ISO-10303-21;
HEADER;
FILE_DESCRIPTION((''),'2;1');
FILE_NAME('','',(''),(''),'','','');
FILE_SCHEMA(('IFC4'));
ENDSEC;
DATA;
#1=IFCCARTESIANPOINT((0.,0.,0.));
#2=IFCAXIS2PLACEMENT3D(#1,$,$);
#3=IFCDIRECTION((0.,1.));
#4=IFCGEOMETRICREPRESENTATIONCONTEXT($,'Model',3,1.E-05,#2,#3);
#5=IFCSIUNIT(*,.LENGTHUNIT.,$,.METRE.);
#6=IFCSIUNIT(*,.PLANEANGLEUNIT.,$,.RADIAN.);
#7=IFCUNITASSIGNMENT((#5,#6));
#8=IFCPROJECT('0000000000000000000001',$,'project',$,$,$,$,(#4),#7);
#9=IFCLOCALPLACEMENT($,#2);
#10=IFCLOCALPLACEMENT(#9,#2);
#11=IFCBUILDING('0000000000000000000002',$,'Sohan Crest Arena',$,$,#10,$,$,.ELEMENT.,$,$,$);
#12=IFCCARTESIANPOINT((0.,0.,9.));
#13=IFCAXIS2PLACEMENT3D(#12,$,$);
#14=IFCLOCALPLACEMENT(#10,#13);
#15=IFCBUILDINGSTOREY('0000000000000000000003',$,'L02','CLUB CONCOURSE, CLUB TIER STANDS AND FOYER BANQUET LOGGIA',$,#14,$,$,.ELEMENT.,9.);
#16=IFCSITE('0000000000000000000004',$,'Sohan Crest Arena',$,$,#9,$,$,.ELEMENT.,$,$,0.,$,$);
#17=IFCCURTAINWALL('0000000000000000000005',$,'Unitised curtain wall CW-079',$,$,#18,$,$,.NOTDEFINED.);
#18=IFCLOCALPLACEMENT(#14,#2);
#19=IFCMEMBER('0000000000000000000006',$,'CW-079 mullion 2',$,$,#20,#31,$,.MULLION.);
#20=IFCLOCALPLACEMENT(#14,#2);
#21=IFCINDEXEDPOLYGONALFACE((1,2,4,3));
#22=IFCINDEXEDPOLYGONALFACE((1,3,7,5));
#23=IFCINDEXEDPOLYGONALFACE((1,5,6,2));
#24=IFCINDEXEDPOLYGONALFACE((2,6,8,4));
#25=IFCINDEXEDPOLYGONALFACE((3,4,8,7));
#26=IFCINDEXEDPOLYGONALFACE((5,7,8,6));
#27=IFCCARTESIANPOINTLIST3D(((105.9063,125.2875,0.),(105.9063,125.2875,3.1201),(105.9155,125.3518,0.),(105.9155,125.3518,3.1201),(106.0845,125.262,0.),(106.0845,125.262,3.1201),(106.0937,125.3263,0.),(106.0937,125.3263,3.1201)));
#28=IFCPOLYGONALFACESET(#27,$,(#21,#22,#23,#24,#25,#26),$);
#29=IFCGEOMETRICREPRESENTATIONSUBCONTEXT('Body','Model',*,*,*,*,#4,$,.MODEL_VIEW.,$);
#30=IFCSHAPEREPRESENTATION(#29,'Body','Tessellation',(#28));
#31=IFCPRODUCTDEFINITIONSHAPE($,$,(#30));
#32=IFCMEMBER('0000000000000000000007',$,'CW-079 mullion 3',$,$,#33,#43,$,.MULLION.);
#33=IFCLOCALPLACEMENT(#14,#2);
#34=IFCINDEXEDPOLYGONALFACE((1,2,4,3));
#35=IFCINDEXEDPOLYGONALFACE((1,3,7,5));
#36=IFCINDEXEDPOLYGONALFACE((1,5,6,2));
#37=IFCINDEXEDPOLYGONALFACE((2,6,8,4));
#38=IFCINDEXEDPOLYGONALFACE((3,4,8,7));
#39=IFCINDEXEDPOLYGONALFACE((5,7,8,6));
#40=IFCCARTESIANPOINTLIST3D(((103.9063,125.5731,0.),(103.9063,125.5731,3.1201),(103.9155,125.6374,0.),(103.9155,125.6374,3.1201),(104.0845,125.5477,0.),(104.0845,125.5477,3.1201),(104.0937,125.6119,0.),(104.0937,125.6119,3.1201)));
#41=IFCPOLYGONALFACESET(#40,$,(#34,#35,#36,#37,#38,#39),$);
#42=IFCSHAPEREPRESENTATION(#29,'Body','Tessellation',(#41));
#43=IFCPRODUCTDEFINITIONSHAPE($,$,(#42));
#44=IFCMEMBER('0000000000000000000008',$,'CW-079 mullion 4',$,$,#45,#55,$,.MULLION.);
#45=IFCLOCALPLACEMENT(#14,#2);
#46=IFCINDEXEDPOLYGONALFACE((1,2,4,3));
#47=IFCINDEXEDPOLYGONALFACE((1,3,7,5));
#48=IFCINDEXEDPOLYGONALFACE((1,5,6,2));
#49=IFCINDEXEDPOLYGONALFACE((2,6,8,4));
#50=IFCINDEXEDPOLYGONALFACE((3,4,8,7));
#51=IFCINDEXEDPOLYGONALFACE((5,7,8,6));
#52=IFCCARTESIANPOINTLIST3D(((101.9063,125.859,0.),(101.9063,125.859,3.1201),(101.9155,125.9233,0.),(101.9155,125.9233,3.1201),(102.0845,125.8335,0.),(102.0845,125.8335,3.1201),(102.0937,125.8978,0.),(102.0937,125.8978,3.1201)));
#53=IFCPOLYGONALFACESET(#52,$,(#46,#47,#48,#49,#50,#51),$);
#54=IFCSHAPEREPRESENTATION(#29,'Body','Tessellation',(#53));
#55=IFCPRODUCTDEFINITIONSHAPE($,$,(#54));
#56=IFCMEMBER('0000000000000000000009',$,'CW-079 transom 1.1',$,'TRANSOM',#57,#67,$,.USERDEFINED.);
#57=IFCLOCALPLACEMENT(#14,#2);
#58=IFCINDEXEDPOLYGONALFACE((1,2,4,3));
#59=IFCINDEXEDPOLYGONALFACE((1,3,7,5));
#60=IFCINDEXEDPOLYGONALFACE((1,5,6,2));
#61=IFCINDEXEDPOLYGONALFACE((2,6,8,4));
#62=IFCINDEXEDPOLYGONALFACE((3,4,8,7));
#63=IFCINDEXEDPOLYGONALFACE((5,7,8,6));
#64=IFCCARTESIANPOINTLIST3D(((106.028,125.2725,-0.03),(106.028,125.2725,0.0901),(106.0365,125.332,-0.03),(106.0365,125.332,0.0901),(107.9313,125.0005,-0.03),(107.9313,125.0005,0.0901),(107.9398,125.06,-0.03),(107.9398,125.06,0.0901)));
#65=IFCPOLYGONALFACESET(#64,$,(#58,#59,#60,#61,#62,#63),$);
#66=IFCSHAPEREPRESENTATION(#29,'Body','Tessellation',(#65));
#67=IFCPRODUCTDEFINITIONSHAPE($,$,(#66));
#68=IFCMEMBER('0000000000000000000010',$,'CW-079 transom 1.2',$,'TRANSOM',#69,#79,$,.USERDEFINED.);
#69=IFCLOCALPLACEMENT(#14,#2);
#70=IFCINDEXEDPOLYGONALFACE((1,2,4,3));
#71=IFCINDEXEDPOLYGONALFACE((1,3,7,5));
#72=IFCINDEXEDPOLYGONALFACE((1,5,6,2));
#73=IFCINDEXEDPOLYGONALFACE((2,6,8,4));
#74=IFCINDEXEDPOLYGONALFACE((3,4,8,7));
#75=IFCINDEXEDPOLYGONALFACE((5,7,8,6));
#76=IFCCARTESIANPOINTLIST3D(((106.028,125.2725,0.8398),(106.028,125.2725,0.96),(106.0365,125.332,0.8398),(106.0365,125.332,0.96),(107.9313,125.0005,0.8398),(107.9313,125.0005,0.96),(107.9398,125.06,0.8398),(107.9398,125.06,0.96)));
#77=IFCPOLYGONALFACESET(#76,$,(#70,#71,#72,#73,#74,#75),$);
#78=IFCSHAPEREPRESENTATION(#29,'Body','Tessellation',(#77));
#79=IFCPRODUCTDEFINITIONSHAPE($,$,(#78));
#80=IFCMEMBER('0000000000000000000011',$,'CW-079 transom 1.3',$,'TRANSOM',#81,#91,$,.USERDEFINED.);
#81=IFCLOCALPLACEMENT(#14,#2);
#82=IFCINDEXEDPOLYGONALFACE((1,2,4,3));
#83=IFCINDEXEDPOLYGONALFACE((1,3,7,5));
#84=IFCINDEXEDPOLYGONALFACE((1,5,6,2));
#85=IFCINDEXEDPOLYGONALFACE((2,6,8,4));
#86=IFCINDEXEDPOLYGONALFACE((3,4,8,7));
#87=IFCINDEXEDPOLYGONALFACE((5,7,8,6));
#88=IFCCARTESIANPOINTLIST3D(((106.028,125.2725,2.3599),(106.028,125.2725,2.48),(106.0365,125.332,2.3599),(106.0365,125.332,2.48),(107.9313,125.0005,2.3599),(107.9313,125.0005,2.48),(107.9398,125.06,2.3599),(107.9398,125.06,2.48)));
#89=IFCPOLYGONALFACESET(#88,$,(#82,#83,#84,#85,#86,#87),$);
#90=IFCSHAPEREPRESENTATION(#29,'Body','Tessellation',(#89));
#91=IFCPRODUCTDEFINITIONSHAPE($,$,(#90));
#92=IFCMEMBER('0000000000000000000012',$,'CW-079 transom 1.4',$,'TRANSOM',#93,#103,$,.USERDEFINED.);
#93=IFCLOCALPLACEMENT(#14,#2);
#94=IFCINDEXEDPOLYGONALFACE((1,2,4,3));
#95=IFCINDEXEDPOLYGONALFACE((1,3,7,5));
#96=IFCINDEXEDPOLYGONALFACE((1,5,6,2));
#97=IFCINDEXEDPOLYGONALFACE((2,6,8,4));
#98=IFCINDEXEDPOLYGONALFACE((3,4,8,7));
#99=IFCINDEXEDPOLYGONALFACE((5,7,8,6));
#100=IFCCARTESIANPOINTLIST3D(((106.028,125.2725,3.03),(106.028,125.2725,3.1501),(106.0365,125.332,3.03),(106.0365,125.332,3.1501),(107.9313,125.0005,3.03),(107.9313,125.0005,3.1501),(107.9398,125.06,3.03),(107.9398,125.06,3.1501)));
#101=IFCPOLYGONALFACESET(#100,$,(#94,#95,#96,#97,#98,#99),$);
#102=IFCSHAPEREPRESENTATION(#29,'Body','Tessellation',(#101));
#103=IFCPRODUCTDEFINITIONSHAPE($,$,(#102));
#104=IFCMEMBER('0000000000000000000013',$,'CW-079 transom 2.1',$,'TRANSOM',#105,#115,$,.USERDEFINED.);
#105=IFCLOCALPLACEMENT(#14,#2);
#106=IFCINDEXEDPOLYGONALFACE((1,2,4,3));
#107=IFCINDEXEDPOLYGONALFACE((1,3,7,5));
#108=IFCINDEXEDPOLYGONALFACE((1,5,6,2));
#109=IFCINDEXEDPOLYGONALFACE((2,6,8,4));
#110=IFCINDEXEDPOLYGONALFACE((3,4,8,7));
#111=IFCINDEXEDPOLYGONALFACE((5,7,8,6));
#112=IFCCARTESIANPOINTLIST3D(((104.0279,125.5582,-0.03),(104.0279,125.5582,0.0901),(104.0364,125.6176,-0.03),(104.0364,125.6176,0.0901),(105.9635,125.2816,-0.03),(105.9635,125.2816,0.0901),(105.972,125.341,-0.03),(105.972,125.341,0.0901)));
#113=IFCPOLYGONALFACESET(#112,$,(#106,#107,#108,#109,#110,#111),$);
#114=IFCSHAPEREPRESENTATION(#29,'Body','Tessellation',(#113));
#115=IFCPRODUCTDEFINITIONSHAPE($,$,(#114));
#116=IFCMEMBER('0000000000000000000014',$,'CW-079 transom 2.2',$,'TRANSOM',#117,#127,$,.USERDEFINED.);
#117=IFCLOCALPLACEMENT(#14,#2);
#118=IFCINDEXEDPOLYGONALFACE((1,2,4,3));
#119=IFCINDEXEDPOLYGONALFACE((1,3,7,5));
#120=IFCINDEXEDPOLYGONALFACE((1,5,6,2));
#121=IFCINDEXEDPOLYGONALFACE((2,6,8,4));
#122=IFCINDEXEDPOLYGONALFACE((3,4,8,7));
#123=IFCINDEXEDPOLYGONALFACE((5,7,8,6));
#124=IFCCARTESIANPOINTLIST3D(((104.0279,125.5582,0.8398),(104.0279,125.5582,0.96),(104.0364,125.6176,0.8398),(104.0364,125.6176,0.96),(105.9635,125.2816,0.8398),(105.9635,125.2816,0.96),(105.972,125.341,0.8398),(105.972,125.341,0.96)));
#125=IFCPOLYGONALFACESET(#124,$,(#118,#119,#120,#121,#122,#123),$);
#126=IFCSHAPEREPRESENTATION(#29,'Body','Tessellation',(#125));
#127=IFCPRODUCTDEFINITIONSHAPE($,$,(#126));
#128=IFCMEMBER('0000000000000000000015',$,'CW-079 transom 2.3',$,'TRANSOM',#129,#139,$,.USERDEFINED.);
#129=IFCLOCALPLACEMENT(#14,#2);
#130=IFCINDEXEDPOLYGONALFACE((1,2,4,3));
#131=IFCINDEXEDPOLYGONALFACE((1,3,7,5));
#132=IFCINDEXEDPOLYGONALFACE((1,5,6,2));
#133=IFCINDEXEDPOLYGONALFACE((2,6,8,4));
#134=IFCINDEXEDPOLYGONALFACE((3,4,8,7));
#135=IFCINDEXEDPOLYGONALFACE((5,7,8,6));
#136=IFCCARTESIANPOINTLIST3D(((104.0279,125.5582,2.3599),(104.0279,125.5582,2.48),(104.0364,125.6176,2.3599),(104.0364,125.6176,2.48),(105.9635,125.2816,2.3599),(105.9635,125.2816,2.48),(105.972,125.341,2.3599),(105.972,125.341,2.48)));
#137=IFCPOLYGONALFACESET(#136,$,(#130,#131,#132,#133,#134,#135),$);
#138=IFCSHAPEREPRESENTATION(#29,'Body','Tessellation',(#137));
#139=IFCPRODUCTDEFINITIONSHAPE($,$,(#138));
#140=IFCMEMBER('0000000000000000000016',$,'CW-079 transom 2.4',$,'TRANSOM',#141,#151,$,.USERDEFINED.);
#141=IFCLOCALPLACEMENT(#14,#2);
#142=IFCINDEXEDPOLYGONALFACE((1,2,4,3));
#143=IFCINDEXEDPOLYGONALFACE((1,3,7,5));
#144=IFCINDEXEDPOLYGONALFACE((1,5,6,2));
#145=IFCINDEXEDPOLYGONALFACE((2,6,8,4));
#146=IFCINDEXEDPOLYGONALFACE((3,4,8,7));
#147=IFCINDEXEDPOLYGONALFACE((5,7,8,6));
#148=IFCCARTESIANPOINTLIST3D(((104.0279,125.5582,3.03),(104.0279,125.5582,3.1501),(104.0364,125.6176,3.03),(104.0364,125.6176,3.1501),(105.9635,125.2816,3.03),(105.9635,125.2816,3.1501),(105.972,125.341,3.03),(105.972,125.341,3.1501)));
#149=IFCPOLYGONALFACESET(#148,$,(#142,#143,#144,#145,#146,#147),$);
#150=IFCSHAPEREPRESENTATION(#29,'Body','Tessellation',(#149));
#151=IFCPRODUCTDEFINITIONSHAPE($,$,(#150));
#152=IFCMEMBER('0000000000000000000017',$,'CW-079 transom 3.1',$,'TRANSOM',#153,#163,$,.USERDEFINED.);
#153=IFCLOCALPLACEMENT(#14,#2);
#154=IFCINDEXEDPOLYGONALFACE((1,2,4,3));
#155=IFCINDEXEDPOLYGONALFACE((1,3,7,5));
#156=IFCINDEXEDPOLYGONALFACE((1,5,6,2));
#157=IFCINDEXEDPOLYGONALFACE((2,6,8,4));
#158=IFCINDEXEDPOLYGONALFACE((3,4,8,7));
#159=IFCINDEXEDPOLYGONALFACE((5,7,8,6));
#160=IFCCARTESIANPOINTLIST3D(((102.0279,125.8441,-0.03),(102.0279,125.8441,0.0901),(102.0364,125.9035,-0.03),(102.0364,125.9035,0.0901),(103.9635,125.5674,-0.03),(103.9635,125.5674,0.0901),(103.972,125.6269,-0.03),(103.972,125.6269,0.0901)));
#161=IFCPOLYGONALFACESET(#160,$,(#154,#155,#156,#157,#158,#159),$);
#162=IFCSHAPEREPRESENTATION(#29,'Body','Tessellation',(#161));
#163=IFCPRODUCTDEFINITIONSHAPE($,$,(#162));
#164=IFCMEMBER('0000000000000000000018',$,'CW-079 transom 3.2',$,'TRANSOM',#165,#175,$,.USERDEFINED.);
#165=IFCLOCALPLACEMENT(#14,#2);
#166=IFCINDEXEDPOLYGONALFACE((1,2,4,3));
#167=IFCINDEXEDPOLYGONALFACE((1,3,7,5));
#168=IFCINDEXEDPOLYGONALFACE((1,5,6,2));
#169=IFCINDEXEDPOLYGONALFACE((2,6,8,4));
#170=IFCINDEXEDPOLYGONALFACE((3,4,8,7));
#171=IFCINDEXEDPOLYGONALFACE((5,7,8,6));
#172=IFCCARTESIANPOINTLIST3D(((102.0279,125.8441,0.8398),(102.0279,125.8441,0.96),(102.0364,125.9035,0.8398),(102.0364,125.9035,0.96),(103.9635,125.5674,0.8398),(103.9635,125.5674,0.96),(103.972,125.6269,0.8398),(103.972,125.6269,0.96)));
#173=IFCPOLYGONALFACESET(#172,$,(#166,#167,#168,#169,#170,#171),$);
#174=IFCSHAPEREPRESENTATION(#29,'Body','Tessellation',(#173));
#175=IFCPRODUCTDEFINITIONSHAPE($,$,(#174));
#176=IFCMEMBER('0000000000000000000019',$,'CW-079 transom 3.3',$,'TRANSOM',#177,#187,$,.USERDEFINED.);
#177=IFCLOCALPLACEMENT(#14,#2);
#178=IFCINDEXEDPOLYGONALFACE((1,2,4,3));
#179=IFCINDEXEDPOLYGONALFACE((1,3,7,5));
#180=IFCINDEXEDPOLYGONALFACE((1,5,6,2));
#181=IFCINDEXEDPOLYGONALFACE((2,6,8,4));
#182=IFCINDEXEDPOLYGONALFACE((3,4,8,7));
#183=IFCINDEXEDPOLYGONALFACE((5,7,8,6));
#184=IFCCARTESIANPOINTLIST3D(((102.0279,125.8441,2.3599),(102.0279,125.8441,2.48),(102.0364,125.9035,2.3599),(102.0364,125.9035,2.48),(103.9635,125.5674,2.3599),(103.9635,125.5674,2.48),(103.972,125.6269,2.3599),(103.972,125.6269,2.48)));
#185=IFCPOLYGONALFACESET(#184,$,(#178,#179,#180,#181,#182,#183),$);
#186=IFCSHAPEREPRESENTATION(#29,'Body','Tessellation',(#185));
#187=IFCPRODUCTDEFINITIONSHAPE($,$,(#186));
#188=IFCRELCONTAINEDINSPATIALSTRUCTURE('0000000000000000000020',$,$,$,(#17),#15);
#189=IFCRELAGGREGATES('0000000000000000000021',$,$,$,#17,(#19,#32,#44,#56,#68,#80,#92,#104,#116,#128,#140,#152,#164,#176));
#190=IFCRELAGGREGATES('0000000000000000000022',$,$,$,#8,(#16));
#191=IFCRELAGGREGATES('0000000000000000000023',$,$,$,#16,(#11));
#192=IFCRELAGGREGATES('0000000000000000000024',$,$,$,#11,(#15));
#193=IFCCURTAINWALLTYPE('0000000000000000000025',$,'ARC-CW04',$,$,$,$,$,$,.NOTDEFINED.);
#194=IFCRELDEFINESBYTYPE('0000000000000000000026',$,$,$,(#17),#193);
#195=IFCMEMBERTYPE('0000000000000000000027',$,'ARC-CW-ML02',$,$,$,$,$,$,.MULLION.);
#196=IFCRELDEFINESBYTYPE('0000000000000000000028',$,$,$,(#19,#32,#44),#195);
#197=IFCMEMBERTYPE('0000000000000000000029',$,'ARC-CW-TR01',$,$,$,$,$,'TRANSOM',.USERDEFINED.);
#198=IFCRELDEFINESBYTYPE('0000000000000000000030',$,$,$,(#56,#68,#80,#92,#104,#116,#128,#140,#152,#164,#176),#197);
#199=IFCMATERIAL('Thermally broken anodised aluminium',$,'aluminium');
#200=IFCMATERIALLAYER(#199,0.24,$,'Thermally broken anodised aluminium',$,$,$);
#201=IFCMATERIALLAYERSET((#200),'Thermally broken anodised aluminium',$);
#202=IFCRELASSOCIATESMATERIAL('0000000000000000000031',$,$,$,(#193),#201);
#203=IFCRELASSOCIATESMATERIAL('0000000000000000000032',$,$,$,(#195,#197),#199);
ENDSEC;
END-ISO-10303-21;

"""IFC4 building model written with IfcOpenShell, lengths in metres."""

from ifc_helpers import new_model, si_unit, direction, frame, origin, origin_2d, place, context, subcontext, project, spatial, rectangle, extrude, material, layer, layer_set, material_profile, profile_set, type_object, element, aggregate, save


model = new_model("IFC4")

# Units and contexts
model_context = context("Model", 3, precision=1e-05, world=origin(), true_north=direction((0.0, 1.0)))
body_context = subcontext(model_context, "Body", "Model", "MODEL_VIEW")
ifc_project = project(units=[si_unit("LENGTHUNIT", "METRE"), si_unit("PLANEANGLEUNIT", "RADIAN")], contexts=[model_context])

# Site, building, storey
site_placement = place(None, origin())
site = spatial("IfcSite", under=ifc_project, at=site_placement, Name="Sohan Crest Arena", CompositionType="ELEMENT", RefElevation=0.0)
building_placement = place(site_placement, origin())
building = spatial("IfcBuilding", under=site, at=building_placement, Name="Sohan Crest Arena", CompositionType="ELEMENT")
storey_placement = place(building_placement, frame((0.0, 0.0, 9.0)))
storey = spatial("IfcBuildingStorey", under=building, at=storey_placement, Name="L02", Description="CLUB CONCOURSE, CLUB TIER STANDS AND FOYER BANQUET LOGGIA", CompositionType="ELEMENT", Elevation=9.0)

# Curtain wall, members
ifc_material_1 = material(Name="Thermally broken anodised aluminium", Category="aluminium")
ifc_layer_1 = layer(ifc_material_1, 0.24, Name="Thermally broken anodised aluminium")
ifc_layer_set_1 = layer_set([ifc_layer_1], Name="Thermally broken anodised aluminium")
curtain_wall_type = type_object("IfcCurtainWallType", Name="ARC-CW04", PredefinedType="NOTDEFINED", material=ifc_layer_set_1)
curtain_wall_placement = place(storey_placement, origin())
curtain_wall = element("IfcCurtainWall", 1, at=curtain_wall_placement, inside=storey, type_object=curtain_wall_type, Name="Unitised curtain wall CW-079", PredefinedType="NOTDEFINED")
ifc_material_profile_1 = material_profile(ifc_material_1, rectangle(XDim=0.0649, YDim=0.1799, at=origin_2d()), Name="ALU-MULL 65x180")
ifc_profile_set_1 = profile_set([ifc_material_profile_1], Name="Thermally broken anodised aluminium")
member_type_1 = type_object("IfcMemberType", Name="ARC-CW-ML02", PredefinedType="MULLION", material=ifc_profile_set_1)
member_1_placement = place(storey_placement, frame((106.0, 125.3069, 0.0), z_axis=(0.0, 0.0, 1.0), x_axis=(-0.141463, -0.989944, 0.0)))
member_1 = element("IfcMember", 2, at=member_1_placement, type_object=member_type_1, Name="CW-079 mullion 2", PredefinedType="MULLION", context=body_context, shape_type="SweptSolid", body=[
    extrude(rectangle(XDim=0.0649, YDim=0.1799, at=origin_2d()), origin(), (0.0, 0.0, 1.0), 3.1201),
])
member_2_placement = place(storey_placement, frame((104.0, 125.5925, 0.0), z_axis=(0.0, 0.0, 1.0), x_axis=(-0.141463, -0.989944, 0.0)))
member_2 = element("IfcMember", 3, at=member_2_placement, type_object=member_type_1, Name="CW-079 mullion 3", PredefinedType="MULLION", context=body_context, shape_type="SweptSolid", body=[
    extrude(rectangle(XDim=0.0649, YDim=0.1799, at=origin_2d()), origin(), (0.0, 0.0, 1.0), 3.1201),
])
member_3_placement = place(storey_placement, frame((102.0, 125.8784, 0.0), z_axis=(0.0, 0.0, 1.0), x_axis=(-0.141463, -0.989944, 0.0)))
member_3 = element("IfcMember", 4, at=member_3_placement, type_object=member_type_1, Name="CW-079 mullion 4", PredefinedType="MULLION", context=body_context, shape_type="SweptSolid", body=[
    extrude(rectangle(XDim=0.0649, YDim=0.1799, at=origin_2d()), origin(), (0.0, 0.0, 1.0), 3.1201),
])
ifc_material_profile_2 = material_profile(ifc_material_1, rectangle(XDim=0.0601, YDim=0.1201, at=origin_2d()), Name="ALU-TRAN 60x120")
ifc_profile_set_2 = profile_set([ifc_material_profile_2], Name="Thermally broken anodised aluminium")
member_type_2 = type_object("IfcMemberType", Name="ARC-CW-TR01", ElementType="TRANSOM", PredefinedType="USERDEFINED", material=ifc_profile_set_2)
member_4_placement = place(storey_placement, frame((107.9355, 125.0303, 0.03), z_axis=(-0.989944, 0.141457, 0.0), x_axis=(-0.141457, -0.989944, 0.0)))
member_4 = element("IfcMember", 5, at=member_4_placement, type_object=member_type_2, Name="CW-079 transom 1.1", ObjectType="TRANSOM", PredefinedType="USERDEFINED", context=body_context, shape_type="SweptSolid", body=[
    extrude(rectangle(XDim=0.0601, YDim=0.1201, at=origin_2d()), origin(), (0.0, 0.0, 1.0), 1.9226),
])
member_5_placement = place(storey_placement, frame((107.9355, 125.0303, 0.8999), z_axis=(-0.989944, 0.141457, 0.0), x_axis=(-0.141457, -0.989944, 0.0)))
member_5 = element("IfcMember", 6, at=member_5_placement, type_object=member_type_2, Name="CW-079 transom 1.2", ObjectType="TRANSOM", PredefinedType="USERDEFINED", context=body_context, shape_type="SweptSolid", body=[
    extrude(rectangle(XDim=0.0601, YDim=0.1201, at=origin_2d()), origin(), (0.0, 0.0, 1.0), 1.9226),
])
member_6_placement = place(storey_placement, frame((107.9355, 125.0303, 2.4199), z_axis=(-0.989944, 0.141457, 0.0), x_axis=(-0.141457, -0.989944, 0.0)))
member_6 = element("IfcMember", 7, at=member_6_placement, type_object=member_type_2, Name="CW-079 transom 1.3", ObjectType="TRANSOM", PredefinedType="USERDEFINED", context=body_context, shape_type="SweptSolid", body=[
    extrude(rectangle(XDim=0.0601, YDim=0.1201, at=origin_2d()), origin(), (0.0, 0.0, 1.0), 1.9226),
])
member_7_placement = place(storey_placement, frame((107.9355, 125.0303, 3.0901), z_axis=(-0.989944, 0.141457, 0.0), x_axis=(-0.141457, -0.989944, 0.0)))
member_7 = element("IfcMember", 8, at=member_7_placement, type_object=member_type_2, Name="CW-079 transom 1.4", ObjectType="TRANSOM", PredefinedType="USERDEFINED", context=body_context, shape_type="SweptSolid", body=[
    extrude(rectangle(XDim=0.0601, YDim=0.1201, at=origin_2d()), origin(), (0.0, 0.0, 1.0), 1.9226),
])
member_8_placement = place(storey_placement, frame((105.9678, 125.3113, 0.03), z_axis=(-0.989942, 0.141474, 0.0), x_axis=(-0.141474, -0.989942, 0.0)))
member_8 = element("IfcMember", 9, at=member_8_placement, type_object=member_type_2, Name="CW-079 transom 2.1", ObjectType="TRANSOM", PredefinedType="USERDEFINED", context=body_context, shape_type="SweptSolid", body=[
    extrude(rectangle(XDim=0.0601, YDim=0.1201, at=origin_2d()), origin(), (0.0, 0.0, 1.0), 1.9553),
])
member_9_placement = place(storey_placement, frame((105.9678, 125.3113, 0.8999), z_axis=(-0.989942, 0.141474, 0.0), x_axis=(-0.141474, -0.989942, 0.0)))
member_9 = element("IfcMember", 10, at=member_9_placement, type_object=member_type_2, Name="CW-079 transom 2.2", ObjectType="TRANSOM", PredefinedType="USERDEFINED", context=body_context, shape_type="SweptSolid", body=[
    extrude(rectangle(XDim=0.0601, YDim=0.1201, at=origin_2d()), origin(), (0.0, 0.0, 1.0), 1.9553),
])
member_10_placement = place(storey_placement, frame((105.9678, 125.3113, 2.4199), z_axis=(-0.989942, 0.141474, 0.0), x_axis=(-0.141474, -0.989942, 0.0)))
member_10 = element("IfcMember", 11, at=member_10_placement, type_object=member_type_2, Name="CW-079 transom 2.3", ObjectType="TRANSOM", PredefinedType="USERDEFINED", context=body_context, shape_type="SweptSolid", body=[
    extrude(rectangle(XDim=0.0601, YDim=0.1201, at=origin_2d()), origin(), (0.0, 0.0, 1.0), 1.9553),
])
member_11_placement = place(storey_placement, frame((105.9678, 125.3113, 3.0901), z_axis=(-0.989942, 0.141474, 0.0), x_axis=(-0.141474, -0.989942, 0.0)))
member_11 = element("IfcMember", 12, at=member_11_placement, type_object=member_type_2, Name="CW-079 transom 2.4", ObjectType="TRANSOM", PredefinedType="USERDEFINED", context=body_context, shape_type="SweptSolid", body=[
    extrude(rectangle(XDim=0.0601, YDim=0.1201, at=origin_2d()), origin(), (0.0, 0.0, 1.0), 1.9553),
])
member_12_placement = place(storey_placement, frame((103.9678, 125.5972, 0.03), z_axis=(-0.989942, 0.141474, 0.0), x_axis=(-0.141474, -0.989942, 0.0)))
member_12 = element("IfcMember", 13, at=member_12_placement, type_object=member_type_2, Name="CW-079 transom 3.1", ObjectType="TRANSOM", PredefinedType="USERDEFINED", context=body_context, shape_type="SweptSolid", body=[
    extrude(rectangle(XDim=0.0601, YDim=0.1201, at=origin_2d()), origin(), (0.0, 0.0, 1.0), 1.9553),
])
member_13_placement = place(storey_placement, frame((103.9678, 125.5972, 0.8999), z_axis=(-0.989942, 0.141474, 0.0), x_axis=(-0.141474, -0.989942, 0.0)))
member_13 = element("IfcMember", 14, at=member_13_placement, type_object=member_type_2, Name="CW-079 transom 3.2", ObjectType="TRANSOM", PredefinedType="USERDEFINED", context=body_context, shape_type="SweptSolid", body=[
    extrude(rectangle(XDim=0.0601, YDim=0.1201, at=origin_2d()), origin(), (0.0, 0.0, 1.0), 1.9553),
])
member_14_placement = place(storey_placement, frame((103.9678, 125.5972, 2.4199), z_axis=(-0.989942, 0.141474, 0.0), x_axis=(-0.141474, -0.989942, 0.0)))
member_14 = element("IfcMember", 15, at=member_14_placement, type_object=member_type_2, Name="CW-079 transom 3.3", ObjectType="TRANSOM", PredefinedType="USERDEFINED", context=body_context, shape_type="SweptSolid", body=[
    extrude(rectangle(XDim=0.0601, YDim=0.1201, at=origin_2d()), origin(), (0.0, 0.0, 1.0), 1.9553),
])

aggregate(curtain_wall, [member_1, member_2, member_3, member_4, member_5, member_6, member_7, member_8, member_9, member_10, member_11, member_12, member_13, member_14])

save(model, "model.ifc")
